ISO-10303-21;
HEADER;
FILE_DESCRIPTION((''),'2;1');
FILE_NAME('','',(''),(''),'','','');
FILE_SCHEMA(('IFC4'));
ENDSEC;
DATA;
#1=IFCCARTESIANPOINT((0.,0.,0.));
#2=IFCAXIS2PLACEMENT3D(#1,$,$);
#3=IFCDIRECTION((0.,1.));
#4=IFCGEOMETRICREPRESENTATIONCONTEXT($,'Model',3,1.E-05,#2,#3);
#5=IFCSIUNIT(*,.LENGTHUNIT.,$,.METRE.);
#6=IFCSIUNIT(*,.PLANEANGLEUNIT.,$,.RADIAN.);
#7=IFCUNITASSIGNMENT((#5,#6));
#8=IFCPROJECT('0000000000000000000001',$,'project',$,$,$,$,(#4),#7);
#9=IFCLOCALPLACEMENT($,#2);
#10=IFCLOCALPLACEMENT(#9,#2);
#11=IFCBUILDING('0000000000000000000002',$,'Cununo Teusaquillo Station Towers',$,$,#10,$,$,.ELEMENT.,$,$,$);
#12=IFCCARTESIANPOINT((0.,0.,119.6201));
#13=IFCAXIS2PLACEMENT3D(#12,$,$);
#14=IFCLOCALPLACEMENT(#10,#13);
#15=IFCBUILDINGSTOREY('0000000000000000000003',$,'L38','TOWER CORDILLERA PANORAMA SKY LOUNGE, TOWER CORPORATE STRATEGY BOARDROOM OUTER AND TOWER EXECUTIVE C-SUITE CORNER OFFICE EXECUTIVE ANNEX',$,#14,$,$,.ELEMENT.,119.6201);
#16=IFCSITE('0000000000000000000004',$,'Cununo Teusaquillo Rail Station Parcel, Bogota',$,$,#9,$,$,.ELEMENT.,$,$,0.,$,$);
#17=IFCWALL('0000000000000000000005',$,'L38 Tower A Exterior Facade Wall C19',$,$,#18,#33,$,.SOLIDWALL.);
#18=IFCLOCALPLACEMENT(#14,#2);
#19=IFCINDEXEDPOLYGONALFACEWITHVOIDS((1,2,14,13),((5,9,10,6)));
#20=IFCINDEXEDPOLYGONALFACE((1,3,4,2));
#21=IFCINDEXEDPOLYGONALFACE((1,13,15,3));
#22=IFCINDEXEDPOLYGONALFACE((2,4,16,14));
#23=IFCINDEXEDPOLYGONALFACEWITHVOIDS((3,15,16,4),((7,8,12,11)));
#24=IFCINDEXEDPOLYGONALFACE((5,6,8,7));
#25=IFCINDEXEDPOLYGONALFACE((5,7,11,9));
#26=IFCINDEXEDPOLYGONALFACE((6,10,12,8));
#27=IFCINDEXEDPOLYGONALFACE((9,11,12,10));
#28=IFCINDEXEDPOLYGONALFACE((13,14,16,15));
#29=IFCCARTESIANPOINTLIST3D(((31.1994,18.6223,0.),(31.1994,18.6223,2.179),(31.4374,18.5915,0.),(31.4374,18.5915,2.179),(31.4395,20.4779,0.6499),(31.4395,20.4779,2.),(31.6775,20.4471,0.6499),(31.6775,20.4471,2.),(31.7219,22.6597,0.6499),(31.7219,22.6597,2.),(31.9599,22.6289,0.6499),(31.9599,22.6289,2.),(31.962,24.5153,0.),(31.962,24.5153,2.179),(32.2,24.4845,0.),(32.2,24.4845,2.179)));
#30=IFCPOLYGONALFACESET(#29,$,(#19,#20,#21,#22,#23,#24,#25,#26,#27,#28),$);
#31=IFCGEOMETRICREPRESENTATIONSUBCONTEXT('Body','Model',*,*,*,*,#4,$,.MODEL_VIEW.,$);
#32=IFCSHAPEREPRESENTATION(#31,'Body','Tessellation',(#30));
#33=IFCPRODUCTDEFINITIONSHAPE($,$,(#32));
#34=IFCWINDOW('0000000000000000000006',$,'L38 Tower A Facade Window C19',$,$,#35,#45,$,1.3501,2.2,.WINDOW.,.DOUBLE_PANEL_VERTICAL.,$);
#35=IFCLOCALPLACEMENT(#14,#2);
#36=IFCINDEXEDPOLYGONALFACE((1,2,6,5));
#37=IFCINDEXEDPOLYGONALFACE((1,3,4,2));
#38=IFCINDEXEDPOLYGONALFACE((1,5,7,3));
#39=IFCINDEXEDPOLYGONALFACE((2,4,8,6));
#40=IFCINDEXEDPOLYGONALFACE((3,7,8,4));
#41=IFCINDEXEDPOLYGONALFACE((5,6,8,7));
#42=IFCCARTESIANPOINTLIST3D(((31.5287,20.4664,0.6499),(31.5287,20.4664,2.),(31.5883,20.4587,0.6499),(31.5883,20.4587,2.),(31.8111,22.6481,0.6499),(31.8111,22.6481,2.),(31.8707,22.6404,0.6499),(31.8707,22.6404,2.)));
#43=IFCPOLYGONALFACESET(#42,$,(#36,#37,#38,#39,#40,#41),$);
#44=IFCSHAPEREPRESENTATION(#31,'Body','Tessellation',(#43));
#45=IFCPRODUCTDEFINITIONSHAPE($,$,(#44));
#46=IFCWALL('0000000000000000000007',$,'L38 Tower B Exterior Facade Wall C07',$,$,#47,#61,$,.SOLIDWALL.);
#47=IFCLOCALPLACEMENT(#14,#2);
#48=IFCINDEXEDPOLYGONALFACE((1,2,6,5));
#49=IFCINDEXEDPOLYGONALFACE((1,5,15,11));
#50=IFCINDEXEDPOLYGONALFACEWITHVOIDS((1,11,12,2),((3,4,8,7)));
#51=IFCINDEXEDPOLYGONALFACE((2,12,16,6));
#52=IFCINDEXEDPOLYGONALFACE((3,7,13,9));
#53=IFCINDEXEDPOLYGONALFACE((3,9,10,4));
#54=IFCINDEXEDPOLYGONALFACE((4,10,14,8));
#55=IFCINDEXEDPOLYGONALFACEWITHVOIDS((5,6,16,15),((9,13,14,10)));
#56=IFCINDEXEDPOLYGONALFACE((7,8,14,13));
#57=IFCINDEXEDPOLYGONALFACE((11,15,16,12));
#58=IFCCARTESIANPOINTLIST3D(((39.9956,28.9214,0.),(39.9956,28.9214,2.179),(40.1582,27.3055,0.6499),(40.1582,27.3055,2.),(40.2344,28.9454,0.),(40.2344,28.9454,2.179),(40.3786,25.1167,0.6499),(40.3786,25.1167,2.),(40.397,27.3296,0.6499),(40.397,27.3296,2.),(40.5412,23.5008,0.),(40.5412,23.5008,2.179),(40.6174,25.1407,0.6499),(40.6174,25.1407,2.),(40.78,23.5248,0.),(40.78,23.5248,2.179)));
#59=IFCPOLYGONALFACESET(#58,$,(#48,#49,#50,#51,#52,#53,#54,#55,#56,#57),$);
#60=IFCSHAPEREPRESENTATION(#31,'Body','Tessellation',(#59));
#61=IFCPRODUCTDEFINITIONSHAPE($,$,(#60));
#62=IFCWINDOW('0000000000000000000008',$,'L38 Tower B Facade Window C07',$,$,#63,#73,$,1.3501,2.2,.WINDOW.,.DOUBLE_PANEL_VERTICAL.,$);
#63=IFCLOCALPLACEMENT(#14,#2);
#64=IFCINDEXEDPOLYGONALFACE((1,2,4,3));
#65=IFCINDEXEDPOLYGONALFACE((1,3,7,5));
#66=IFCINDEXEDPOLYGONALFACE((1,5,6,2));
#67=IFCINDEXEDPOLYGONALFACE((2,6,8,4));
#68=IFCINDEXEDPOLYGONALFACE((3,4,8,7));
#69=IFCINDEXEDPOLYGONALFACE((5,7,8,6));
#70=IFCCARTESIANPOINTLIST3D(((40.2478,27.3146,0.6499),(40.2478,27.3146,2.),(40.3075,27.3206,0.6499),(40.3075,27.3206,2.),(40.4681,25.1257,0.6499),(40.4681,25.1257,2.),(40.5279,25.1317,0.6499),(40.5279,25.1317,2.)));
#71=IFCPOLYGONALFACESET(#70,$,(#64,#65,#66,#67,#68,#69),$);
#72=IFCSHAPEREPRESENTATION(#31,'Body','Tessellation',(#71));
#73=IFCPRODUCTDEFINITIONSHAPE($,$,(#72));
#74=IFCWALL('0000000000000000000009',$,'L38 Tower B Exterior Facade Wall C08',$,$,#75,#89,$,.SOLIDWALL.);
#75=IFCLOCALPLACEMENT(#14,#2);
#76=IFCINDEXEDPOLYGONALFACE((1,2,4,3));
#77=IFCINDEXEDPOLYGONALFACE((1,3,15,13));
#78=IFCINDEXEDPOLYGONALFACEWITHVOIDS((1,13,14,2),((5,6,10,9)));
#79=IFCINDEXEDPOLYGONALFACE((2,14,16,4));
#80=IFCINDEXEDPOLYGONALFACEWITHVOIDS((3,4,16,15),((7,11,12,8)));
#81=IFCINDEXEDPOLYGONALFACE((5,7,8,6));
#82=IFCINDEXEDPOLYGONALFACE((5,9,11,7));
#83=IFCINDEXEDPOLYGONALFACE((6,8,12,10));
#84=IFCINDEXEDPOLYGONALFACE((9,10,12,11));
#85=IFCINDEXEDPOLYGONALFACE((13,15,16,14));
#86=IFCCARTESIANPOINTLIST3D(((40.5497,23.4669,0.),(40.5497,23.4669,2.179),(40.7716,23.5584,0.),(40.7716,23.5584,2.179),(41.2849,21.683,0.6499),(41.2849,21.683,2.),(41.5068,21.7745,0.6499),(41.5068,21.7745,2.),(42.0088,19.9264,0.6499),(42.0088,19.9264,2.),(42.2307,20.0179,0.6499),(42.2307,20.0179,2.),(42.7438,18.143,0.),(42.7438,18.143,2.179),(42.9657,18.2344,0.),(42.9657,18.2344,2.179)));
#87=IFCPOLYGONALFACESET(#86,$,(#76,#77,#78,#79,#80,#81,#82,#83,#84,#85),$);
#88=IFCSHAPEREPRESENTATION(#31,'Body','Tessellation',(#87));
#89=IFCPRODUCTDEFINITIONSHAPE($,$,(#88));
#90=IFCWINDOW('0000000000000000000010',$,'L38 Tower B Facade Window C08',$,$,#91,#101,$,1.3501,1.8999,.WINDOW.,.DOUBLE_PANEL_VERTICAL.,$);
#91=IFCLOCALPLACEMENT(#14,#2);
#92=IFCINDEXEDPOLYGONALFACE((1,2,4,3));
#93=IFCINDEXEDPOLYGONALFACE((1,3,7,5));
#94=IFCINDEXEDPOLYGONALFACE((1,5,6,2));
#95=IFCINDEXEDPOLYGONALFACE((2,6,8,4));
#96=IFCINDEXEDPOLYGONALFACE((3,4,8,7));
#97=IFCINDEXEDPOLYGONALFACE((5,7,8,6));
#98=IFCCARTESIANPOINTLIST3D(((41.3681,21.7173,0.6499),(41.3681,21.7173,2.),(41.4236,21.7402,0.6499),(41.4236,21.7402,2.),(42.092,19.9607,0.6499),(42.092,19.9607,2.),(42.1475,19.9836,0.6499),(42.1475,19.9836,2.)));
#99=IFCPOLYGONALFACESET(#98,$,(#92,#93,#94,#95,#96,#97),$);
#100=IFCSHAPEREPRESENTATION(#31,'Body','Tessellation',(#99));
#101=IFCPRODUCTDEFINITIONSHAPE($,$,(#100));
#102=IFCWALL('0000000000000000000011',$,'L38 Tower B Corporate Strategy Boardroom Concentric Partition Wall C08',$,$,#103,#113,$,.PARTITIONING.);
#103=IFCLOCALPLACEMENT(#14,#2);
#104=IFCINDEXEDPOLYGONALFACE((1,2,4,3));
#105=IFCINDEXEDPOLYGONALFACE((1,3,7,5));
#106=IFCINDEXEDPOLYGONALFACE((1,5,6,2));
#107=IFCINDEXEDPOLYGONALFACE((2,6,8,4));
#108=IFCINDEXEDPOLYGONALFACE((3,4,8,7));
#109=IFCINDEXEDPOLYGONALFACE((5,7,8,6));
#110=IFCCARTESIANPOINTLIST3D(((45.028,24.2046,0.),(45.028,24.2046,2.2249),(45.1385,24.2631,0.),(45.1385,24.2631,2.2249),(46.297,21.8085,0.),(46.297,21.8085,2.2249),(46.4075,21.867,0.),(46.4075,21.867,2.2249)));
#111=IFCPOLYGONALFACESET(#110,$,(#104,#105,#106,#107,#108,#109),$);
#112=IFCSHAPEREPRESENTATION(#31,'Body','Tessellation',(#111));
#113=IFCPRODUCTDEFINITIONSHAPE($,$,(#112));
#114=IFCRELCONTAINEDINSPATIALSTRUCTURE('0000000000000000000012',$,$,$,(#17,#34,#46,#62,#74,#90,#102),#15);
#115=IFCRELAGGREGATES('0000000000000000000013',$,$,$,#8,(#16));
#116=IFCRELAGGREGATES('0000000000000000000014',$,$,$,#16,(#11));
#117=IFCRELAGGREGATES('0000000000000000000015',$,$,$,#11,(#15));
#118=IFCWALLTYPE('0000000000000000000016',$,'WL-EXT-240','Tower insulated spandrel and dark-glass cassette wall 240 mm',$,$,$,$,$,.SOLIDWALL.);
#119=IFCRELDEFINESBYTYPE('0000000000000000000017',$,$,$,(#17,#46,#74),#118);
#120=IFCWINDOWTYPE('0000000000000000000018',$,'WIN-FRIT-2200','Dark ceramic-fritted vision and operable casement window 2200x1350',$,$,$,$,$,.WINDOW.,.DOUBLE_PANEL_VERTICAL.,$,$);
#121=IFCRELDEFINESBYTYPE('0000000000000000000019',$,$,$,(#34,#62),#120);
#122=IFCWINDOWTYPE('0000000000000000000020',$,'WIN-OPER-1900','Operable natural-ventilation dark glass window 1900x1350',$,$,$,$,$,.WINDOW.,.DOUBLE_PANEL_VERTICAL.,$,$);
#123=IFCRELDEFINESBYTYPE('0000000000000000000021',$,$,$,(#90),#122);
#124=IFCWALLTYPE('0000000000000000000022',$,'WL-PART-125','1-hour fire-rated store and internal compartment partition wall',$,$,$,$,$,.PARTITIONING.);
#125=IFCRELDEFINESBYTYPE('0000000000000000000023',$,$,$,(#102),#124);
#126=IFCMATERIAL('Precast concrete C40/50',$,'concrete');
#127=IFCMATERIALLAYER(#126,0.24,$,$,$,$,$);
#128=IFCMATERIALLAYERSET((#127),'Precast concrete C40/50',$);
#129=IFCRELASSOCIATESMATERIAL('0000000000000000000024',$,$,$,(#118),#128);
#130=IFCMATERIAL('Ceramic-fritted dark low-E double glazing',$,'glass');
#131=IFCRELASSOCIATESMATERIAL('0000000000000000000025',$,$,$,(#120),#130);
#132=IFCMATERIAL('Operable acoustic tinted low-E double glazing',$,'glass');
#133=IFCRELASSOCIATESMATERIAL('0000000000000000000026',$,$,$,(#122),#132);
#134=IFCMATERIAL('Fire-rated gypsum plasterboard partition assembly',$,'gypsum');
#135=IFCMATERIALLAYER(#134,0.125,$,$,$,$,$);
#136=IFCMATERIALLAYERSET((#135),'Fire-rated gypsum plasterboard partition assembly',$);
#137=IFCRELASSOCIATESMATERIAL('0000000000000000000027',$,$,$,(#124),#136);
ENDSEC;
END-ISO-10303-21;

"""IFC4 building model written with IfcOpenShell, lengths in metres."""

from ifc_helpers import new_model, si_unit, direction, frame, frame_2d, origin, place, context, subcontext, project, spatial, rectangle, extrude, source, transform, mapped, material, layer, layer_set, type_object, element, fill, save


model = new_model("IFC4")

# Units and contexts
model_context = context("Model", 3, precision=1e-05, world=origin(), true_north=direction((0.0, 1.0)))
body_context = subcontext(model_context, "Body", "Model", "MODEL_VIEW")
ifc_project = project(units=[si_unit("LENGTHUNIT", "METRE"), si_unit("PLANEANGLEUNIT", "RADIAN")], contexts=[model_context])

# Site, building, storey
site_placement = place(None, origin())
site = spatial("IfcSite", under=ifc_project, at=site_placement, Name="Cununo Teusaquillo Rail Station Parcel, Bogota", CompositionType="ELEMENT", RefElevation=0.0)
building_placement = place(site_placement, origin())
building = spatial("IfcBuilding", under=site, at=building_placement, Name="Cununo Teusaquillo Station Towers", CompositionType="ELEMENT")
storey_placement = place(building_placement, frame((0.0, 0.0, 119.6201)))
storey = spatial("IfcBuildingStorey", under=building, at=storey_placement, Name="L38", Description="TOWER CORDILLERA PANORAMA SKY LOUNGE, TOWER CORPORATE STRATEGY BOARDROOM OUTER AND TOWER EXECUTIVE C-SUITE CORNER OFFICE EXECUTIVE ANNEX", CompositionType="ELEMENT", Elevation=119.6201)

# Shared definitions
ifc_material_1 = material(Name="Precast concrete C40/50", Category="concrete")
ifc_layer_1 = layer(ifc_material_1, 0.24)
ifc_layer_set_1 = layer_set([ifc_layer_1], Name="Precast concrete C40/50")
wall_type_1 = type_object("IfcWallType", Name="WL-EXT-240", Description="Tower insulated spandrel and dark-glass cassette wall 240 mm", PredefinedType="SOLIDWALL", material=ifc_layer_set_1)

# Walls, openings, windows
wall_1_placement = place(storey_placement, frame((32.0811, 24.5, 0.0), z_axis=(0.0, 0.0, 1.0), x_axis=(-0.128352, -0.991729, 0.0)))
wall_1 = element("IfcWall", 1, at=wall_1_placement, inside=storey, type_object=wall_type_1, Name="L38 Tower A Exterior Facade Wall C19", PredefinedType="SOLIDWALL", context=body_context, shape_type="SweptSolid", body=[
    extrude(rectangle(XDim=5.9421, YDim=0.24, at=frame_2d((2.9712, 0.0))), origin(), (0.0, 0.0, 1.0), 2.179),
])
shared_shape_1 = source(origin(), body_context, "Body", "SweptSolid", [
    extrude(rectangle(XDim=2.2, YDim=1.3501, at=frame_2d((1.1001, 0.675))), frame((0.0, 0.1299, 0.0), z_axis=(0.0, -1.0, 0.0), x_axis=(1.0, 0.0, 0.0)), (0.0, 0.0, 1.0), 0.26),
])
opening_1_placement = place(wall_1_placement, frame((1.8711, 0.0, 0.6499)))
opening_1 = element("IfcOpeningElement", 2, at=opening_1_placement, cuts=wall_1, PredefinedType="OPENING", context=body_context, shape_type="MappedRepresentation", body=[
    mapped(shared_shape_1, transform((0.0, 0.0, 0.0), x_axis=(1.0, 0.0, 0.0), y_axis=(0.0, 1.0, 0.0), z_axis=(0.0, 0.0, 1.0), scale=1.0)),
])
ifc_material_2 = material(Name="Ceramic-fritted dark low-E double glazing", Category="glass")
window_type_1 = type_object("IfcWindowType", Name="WIN-FRIT-2200", Description="Dark ceramic-fritted vision and operable casement window 2200x1350", PartitioningType="DOUBLE_PANEL_VERTICAL", PredefinedType="WINDOW", material=ifc_material_2)
shared_shape_2 = source(origin(), body_context, "Body", "SweptSolid", [
    extrude(rectangle(XDim=2.2, YDim=1.3501, at=frame_2d((1.1001, 0.675))), frame((0.0, 0.03, 0.0), z_axis=(0.0, -1.0, 0.0), x_axis=(1.0, 0.0, 0.0)), (0.0, 0.0, 1.0), 0.0601),
])
window_1_placement = place(opening_1_placement, origin())
window_1 = element("IfcWindow", 3, at=window_1_placement, inside=storey, type_object=window_type_1, Name="L38 Tower A Facade Window C19", OverallHeight=1.3501, OverallWidth=2.2, PartitioningType="DOUBLE_PANEL_VERTICAL", PredefinedType="WINDOW", context=body_context, shape_type="MappedRepresentation", body=[
    mapped(shared_shape_2, transform((0.0, 0.0, 0.0), x_axis=(1.0, 0.0, 0.0), y_axis=(0.0, 1.0, 0.0), z_axis=(0.0, 0.0, 1.0), scale=1.0)),
])
fill(opening_1, window_1)
wall_2_placement = place(storey_placement, frame((40.6606, 23.5127, 0.0), z_axis=(0.0, 0.0, 1.0), x_axis=(-0.100156, 0.994972, 0.0)))
wall_2 = element("IfcWall", 4, at=wall_2_placement, inside=storey, type_object=wall_type_1, Name="L38 Tower B Exterior Facade Wall C07", PredefinedType="SOLIDWALL", context=body_context, shape_type="SweptSolid", body=[
    extrude(rectangle(XDim=5.448, YDim=0.24, at=frame_2d((2.7241, 0.0))), origin(), (0.0, 0.0, 1.0), 2.179),
])
opening_2_placement = place(wall_2_placement, frame((1.624, 0.0, 0.6499)))
opening_2 = element("IfcOpeningElement", 5, at=opening_2_placement, cuts=wall_2, PredefinedType="OPENING", context=body_context, shape_type="MappedRepresentation", body=[
    mapped(shared_shape_1, transform((0.0, 0.0, 0.0), x_axis=(1.0, 0.0, 0.0), y_axis=(0.0, 1.0, 0.0), z_axis=(0.0, 0.0, 1.0), scale=1.0)),
])
window_2_placement = place(opening_2_placement, origin())
window_2 = element("IfcWindow", 6, at=window_2_placement, inside=storey, type_object=window_type_1, Name="L38 Tower B Facade Window C07", OverallHeight=1.3501, OverallWidth=2.2, PartitioningType="DOUBLE_PANEL_VERTICAL", PredefinedType="WINDOW", context=body_context, shape_type="MappedRepresentation", body=[
    mapped(shared_shape_2, transform((0.0, 0.0, 0.0), x_axis=(1.0, 0.0, 0.0), y_axis=(0.0, 1.0, 0.0), z_axis=(0.0, 0.0, 1.0), scale=1.0)),
])
fill(opening_2, window_2)
wall_3_placement = place(storey_placement, frame((42.8547, 18.1887, 0.0), z_axis=(0.0, 0.0, 1.0), x_axis=(-0.381027, 0.924564, 0.0)))
wall_3 = element("IfcWall", 7, at=wall_3_placement, inside=storey, type_object=wall_type_1, Name="L38 Tower B Exterior Facade Wall C08", PredefinedType="SOLIDWALL", context=body_context, shape_type="SweptSolid", body=[
    extrude(rectangle(XDim=5.7583, YDim=0.24, at=frame_2d((2.8792, 0.0))), origin(), (0.0, 0.0, 1.0), 2.179),
])
shared_shape_3 = source(origin(), body_context, "Body", "SweptSolid", [
    extrude(rectangle(XDim=1.8999, YDim=1.3501, at=frame_2d((0.95, 0.675))), frame((0.0, 0.1299, 0.0), z_axis=(0.0, -1.0, 0.0), x_axis=(1.0, 0.0, 0.0)), (0.0, 0.0, 1.0), 0.26),
])
opening_3_placement = place(wall_3_placement, frame((1.929, 0.0, 0.6499)))
opening_3 = element("IfcOpeningElement", 8, at=opening_3_placement, cuts=wall_3, PredefinedType="OPENING", context=body_context, shape_type="MappedRepresentation", body=[
    mapped(shared_shape_3, transform((0.0, 0.0, 0.0), x_axis=(1.0, 0.0, 0.0), y_axis=(0.0, 1.0, 0.0), z_axis=(0.0, 0.0, 1.0), scale=1.0)),
])
ifc_material_3 = material(Name="Operable acoustic tinted low-E double glazing", Category="glass")
window_type_2 = type_object("IfcWindowType", Name="WIN-OPER-1900", Description="Operable natural-ventilation dark glass window 1900x1350", PartitioningType="DOUBLE_PANEL_VERTICAL", PredefinedType="WINDOW", material=ifc_material_3)
shared_shape_4 = source(origin(), body_context, "Body", "SweptSolid", [
    extrude(rectangle(XDim=1.8999, YDim=1.3501, at=frame_2d((0.95, 0.675))), frame((0.0, 0.03, 0.0), z_axis=(0.0, -1.0, 0.0), x_axis=(1.0, 0.0, 0.0)), (0.0, 0.0, 1.0), 0.0601),
])
window_3_placement = place(opening_3_placement, origin())
window_3 = element("IfcWindow", 9, at=window_3_placement, inside=storey, type_object=window_type_2, Name="L38 Tower B Facade Window C08", OverallHeight=1.3501, OverallWidth=1.8999, PartitioningType="DOUBLE_PANEL_VERTICAL", PredefinedType="WINDOW", context=body_context, shape_type="MappedRepresentation", body=[
    mapped(shared_shape_4, transform((0.0, 0.0, 0.0), x_axis=(1.0, 0.0, 0.0), y_axis=(0.0, 1.0, 0.0), z_axis=(0.0, 0.0, 1.0), scale=1.0)),
])
fill(opening_3, window_3)

# Wall
ifc_material_4 = material(Name="Fire-rated gypsum plasterboard partition assembly", Category="gypsum")
ifc_layer_2 = layer(ifc_material_4, 0.125)
ifc_layer_set_2 = layer_set([ifc_layer_2], Name="Fire-rated gypsum plasterboard partition assembly")
wall_type_2 = type_object("IfcWallType", Name="WL-PART-125", Description="1-hour fire-rated store and internal compartment partition wall", PredefinedType="PARTITIONING", material=ifc_layer_set_2)
wall_4_placement = place(storey_placement, frame((45.0833, 24.2339, 0.0), z_axis=(0.0, 0.0, 1.0), x_axis=(0.468016, -0.88372, 0.0)))
element("IfcWall", 10, at=wall_4_placement, inside=storey, type_object=wall_type_2, Name="L38 Tower B Corporate Strategy Boardroom Concentric Partition Wall C08", PredefinedType="PARTITIONING", context=body_context, shape_type="SweptSolid", body=[
    extrude(rectangle(XDim=2.7114, YDim=0.125, at=frame_2d((1.3557, 0.0))), origin(), (0.0, 0.0, 1.0), 2.2249),
])

save(model, "model.ifc")
